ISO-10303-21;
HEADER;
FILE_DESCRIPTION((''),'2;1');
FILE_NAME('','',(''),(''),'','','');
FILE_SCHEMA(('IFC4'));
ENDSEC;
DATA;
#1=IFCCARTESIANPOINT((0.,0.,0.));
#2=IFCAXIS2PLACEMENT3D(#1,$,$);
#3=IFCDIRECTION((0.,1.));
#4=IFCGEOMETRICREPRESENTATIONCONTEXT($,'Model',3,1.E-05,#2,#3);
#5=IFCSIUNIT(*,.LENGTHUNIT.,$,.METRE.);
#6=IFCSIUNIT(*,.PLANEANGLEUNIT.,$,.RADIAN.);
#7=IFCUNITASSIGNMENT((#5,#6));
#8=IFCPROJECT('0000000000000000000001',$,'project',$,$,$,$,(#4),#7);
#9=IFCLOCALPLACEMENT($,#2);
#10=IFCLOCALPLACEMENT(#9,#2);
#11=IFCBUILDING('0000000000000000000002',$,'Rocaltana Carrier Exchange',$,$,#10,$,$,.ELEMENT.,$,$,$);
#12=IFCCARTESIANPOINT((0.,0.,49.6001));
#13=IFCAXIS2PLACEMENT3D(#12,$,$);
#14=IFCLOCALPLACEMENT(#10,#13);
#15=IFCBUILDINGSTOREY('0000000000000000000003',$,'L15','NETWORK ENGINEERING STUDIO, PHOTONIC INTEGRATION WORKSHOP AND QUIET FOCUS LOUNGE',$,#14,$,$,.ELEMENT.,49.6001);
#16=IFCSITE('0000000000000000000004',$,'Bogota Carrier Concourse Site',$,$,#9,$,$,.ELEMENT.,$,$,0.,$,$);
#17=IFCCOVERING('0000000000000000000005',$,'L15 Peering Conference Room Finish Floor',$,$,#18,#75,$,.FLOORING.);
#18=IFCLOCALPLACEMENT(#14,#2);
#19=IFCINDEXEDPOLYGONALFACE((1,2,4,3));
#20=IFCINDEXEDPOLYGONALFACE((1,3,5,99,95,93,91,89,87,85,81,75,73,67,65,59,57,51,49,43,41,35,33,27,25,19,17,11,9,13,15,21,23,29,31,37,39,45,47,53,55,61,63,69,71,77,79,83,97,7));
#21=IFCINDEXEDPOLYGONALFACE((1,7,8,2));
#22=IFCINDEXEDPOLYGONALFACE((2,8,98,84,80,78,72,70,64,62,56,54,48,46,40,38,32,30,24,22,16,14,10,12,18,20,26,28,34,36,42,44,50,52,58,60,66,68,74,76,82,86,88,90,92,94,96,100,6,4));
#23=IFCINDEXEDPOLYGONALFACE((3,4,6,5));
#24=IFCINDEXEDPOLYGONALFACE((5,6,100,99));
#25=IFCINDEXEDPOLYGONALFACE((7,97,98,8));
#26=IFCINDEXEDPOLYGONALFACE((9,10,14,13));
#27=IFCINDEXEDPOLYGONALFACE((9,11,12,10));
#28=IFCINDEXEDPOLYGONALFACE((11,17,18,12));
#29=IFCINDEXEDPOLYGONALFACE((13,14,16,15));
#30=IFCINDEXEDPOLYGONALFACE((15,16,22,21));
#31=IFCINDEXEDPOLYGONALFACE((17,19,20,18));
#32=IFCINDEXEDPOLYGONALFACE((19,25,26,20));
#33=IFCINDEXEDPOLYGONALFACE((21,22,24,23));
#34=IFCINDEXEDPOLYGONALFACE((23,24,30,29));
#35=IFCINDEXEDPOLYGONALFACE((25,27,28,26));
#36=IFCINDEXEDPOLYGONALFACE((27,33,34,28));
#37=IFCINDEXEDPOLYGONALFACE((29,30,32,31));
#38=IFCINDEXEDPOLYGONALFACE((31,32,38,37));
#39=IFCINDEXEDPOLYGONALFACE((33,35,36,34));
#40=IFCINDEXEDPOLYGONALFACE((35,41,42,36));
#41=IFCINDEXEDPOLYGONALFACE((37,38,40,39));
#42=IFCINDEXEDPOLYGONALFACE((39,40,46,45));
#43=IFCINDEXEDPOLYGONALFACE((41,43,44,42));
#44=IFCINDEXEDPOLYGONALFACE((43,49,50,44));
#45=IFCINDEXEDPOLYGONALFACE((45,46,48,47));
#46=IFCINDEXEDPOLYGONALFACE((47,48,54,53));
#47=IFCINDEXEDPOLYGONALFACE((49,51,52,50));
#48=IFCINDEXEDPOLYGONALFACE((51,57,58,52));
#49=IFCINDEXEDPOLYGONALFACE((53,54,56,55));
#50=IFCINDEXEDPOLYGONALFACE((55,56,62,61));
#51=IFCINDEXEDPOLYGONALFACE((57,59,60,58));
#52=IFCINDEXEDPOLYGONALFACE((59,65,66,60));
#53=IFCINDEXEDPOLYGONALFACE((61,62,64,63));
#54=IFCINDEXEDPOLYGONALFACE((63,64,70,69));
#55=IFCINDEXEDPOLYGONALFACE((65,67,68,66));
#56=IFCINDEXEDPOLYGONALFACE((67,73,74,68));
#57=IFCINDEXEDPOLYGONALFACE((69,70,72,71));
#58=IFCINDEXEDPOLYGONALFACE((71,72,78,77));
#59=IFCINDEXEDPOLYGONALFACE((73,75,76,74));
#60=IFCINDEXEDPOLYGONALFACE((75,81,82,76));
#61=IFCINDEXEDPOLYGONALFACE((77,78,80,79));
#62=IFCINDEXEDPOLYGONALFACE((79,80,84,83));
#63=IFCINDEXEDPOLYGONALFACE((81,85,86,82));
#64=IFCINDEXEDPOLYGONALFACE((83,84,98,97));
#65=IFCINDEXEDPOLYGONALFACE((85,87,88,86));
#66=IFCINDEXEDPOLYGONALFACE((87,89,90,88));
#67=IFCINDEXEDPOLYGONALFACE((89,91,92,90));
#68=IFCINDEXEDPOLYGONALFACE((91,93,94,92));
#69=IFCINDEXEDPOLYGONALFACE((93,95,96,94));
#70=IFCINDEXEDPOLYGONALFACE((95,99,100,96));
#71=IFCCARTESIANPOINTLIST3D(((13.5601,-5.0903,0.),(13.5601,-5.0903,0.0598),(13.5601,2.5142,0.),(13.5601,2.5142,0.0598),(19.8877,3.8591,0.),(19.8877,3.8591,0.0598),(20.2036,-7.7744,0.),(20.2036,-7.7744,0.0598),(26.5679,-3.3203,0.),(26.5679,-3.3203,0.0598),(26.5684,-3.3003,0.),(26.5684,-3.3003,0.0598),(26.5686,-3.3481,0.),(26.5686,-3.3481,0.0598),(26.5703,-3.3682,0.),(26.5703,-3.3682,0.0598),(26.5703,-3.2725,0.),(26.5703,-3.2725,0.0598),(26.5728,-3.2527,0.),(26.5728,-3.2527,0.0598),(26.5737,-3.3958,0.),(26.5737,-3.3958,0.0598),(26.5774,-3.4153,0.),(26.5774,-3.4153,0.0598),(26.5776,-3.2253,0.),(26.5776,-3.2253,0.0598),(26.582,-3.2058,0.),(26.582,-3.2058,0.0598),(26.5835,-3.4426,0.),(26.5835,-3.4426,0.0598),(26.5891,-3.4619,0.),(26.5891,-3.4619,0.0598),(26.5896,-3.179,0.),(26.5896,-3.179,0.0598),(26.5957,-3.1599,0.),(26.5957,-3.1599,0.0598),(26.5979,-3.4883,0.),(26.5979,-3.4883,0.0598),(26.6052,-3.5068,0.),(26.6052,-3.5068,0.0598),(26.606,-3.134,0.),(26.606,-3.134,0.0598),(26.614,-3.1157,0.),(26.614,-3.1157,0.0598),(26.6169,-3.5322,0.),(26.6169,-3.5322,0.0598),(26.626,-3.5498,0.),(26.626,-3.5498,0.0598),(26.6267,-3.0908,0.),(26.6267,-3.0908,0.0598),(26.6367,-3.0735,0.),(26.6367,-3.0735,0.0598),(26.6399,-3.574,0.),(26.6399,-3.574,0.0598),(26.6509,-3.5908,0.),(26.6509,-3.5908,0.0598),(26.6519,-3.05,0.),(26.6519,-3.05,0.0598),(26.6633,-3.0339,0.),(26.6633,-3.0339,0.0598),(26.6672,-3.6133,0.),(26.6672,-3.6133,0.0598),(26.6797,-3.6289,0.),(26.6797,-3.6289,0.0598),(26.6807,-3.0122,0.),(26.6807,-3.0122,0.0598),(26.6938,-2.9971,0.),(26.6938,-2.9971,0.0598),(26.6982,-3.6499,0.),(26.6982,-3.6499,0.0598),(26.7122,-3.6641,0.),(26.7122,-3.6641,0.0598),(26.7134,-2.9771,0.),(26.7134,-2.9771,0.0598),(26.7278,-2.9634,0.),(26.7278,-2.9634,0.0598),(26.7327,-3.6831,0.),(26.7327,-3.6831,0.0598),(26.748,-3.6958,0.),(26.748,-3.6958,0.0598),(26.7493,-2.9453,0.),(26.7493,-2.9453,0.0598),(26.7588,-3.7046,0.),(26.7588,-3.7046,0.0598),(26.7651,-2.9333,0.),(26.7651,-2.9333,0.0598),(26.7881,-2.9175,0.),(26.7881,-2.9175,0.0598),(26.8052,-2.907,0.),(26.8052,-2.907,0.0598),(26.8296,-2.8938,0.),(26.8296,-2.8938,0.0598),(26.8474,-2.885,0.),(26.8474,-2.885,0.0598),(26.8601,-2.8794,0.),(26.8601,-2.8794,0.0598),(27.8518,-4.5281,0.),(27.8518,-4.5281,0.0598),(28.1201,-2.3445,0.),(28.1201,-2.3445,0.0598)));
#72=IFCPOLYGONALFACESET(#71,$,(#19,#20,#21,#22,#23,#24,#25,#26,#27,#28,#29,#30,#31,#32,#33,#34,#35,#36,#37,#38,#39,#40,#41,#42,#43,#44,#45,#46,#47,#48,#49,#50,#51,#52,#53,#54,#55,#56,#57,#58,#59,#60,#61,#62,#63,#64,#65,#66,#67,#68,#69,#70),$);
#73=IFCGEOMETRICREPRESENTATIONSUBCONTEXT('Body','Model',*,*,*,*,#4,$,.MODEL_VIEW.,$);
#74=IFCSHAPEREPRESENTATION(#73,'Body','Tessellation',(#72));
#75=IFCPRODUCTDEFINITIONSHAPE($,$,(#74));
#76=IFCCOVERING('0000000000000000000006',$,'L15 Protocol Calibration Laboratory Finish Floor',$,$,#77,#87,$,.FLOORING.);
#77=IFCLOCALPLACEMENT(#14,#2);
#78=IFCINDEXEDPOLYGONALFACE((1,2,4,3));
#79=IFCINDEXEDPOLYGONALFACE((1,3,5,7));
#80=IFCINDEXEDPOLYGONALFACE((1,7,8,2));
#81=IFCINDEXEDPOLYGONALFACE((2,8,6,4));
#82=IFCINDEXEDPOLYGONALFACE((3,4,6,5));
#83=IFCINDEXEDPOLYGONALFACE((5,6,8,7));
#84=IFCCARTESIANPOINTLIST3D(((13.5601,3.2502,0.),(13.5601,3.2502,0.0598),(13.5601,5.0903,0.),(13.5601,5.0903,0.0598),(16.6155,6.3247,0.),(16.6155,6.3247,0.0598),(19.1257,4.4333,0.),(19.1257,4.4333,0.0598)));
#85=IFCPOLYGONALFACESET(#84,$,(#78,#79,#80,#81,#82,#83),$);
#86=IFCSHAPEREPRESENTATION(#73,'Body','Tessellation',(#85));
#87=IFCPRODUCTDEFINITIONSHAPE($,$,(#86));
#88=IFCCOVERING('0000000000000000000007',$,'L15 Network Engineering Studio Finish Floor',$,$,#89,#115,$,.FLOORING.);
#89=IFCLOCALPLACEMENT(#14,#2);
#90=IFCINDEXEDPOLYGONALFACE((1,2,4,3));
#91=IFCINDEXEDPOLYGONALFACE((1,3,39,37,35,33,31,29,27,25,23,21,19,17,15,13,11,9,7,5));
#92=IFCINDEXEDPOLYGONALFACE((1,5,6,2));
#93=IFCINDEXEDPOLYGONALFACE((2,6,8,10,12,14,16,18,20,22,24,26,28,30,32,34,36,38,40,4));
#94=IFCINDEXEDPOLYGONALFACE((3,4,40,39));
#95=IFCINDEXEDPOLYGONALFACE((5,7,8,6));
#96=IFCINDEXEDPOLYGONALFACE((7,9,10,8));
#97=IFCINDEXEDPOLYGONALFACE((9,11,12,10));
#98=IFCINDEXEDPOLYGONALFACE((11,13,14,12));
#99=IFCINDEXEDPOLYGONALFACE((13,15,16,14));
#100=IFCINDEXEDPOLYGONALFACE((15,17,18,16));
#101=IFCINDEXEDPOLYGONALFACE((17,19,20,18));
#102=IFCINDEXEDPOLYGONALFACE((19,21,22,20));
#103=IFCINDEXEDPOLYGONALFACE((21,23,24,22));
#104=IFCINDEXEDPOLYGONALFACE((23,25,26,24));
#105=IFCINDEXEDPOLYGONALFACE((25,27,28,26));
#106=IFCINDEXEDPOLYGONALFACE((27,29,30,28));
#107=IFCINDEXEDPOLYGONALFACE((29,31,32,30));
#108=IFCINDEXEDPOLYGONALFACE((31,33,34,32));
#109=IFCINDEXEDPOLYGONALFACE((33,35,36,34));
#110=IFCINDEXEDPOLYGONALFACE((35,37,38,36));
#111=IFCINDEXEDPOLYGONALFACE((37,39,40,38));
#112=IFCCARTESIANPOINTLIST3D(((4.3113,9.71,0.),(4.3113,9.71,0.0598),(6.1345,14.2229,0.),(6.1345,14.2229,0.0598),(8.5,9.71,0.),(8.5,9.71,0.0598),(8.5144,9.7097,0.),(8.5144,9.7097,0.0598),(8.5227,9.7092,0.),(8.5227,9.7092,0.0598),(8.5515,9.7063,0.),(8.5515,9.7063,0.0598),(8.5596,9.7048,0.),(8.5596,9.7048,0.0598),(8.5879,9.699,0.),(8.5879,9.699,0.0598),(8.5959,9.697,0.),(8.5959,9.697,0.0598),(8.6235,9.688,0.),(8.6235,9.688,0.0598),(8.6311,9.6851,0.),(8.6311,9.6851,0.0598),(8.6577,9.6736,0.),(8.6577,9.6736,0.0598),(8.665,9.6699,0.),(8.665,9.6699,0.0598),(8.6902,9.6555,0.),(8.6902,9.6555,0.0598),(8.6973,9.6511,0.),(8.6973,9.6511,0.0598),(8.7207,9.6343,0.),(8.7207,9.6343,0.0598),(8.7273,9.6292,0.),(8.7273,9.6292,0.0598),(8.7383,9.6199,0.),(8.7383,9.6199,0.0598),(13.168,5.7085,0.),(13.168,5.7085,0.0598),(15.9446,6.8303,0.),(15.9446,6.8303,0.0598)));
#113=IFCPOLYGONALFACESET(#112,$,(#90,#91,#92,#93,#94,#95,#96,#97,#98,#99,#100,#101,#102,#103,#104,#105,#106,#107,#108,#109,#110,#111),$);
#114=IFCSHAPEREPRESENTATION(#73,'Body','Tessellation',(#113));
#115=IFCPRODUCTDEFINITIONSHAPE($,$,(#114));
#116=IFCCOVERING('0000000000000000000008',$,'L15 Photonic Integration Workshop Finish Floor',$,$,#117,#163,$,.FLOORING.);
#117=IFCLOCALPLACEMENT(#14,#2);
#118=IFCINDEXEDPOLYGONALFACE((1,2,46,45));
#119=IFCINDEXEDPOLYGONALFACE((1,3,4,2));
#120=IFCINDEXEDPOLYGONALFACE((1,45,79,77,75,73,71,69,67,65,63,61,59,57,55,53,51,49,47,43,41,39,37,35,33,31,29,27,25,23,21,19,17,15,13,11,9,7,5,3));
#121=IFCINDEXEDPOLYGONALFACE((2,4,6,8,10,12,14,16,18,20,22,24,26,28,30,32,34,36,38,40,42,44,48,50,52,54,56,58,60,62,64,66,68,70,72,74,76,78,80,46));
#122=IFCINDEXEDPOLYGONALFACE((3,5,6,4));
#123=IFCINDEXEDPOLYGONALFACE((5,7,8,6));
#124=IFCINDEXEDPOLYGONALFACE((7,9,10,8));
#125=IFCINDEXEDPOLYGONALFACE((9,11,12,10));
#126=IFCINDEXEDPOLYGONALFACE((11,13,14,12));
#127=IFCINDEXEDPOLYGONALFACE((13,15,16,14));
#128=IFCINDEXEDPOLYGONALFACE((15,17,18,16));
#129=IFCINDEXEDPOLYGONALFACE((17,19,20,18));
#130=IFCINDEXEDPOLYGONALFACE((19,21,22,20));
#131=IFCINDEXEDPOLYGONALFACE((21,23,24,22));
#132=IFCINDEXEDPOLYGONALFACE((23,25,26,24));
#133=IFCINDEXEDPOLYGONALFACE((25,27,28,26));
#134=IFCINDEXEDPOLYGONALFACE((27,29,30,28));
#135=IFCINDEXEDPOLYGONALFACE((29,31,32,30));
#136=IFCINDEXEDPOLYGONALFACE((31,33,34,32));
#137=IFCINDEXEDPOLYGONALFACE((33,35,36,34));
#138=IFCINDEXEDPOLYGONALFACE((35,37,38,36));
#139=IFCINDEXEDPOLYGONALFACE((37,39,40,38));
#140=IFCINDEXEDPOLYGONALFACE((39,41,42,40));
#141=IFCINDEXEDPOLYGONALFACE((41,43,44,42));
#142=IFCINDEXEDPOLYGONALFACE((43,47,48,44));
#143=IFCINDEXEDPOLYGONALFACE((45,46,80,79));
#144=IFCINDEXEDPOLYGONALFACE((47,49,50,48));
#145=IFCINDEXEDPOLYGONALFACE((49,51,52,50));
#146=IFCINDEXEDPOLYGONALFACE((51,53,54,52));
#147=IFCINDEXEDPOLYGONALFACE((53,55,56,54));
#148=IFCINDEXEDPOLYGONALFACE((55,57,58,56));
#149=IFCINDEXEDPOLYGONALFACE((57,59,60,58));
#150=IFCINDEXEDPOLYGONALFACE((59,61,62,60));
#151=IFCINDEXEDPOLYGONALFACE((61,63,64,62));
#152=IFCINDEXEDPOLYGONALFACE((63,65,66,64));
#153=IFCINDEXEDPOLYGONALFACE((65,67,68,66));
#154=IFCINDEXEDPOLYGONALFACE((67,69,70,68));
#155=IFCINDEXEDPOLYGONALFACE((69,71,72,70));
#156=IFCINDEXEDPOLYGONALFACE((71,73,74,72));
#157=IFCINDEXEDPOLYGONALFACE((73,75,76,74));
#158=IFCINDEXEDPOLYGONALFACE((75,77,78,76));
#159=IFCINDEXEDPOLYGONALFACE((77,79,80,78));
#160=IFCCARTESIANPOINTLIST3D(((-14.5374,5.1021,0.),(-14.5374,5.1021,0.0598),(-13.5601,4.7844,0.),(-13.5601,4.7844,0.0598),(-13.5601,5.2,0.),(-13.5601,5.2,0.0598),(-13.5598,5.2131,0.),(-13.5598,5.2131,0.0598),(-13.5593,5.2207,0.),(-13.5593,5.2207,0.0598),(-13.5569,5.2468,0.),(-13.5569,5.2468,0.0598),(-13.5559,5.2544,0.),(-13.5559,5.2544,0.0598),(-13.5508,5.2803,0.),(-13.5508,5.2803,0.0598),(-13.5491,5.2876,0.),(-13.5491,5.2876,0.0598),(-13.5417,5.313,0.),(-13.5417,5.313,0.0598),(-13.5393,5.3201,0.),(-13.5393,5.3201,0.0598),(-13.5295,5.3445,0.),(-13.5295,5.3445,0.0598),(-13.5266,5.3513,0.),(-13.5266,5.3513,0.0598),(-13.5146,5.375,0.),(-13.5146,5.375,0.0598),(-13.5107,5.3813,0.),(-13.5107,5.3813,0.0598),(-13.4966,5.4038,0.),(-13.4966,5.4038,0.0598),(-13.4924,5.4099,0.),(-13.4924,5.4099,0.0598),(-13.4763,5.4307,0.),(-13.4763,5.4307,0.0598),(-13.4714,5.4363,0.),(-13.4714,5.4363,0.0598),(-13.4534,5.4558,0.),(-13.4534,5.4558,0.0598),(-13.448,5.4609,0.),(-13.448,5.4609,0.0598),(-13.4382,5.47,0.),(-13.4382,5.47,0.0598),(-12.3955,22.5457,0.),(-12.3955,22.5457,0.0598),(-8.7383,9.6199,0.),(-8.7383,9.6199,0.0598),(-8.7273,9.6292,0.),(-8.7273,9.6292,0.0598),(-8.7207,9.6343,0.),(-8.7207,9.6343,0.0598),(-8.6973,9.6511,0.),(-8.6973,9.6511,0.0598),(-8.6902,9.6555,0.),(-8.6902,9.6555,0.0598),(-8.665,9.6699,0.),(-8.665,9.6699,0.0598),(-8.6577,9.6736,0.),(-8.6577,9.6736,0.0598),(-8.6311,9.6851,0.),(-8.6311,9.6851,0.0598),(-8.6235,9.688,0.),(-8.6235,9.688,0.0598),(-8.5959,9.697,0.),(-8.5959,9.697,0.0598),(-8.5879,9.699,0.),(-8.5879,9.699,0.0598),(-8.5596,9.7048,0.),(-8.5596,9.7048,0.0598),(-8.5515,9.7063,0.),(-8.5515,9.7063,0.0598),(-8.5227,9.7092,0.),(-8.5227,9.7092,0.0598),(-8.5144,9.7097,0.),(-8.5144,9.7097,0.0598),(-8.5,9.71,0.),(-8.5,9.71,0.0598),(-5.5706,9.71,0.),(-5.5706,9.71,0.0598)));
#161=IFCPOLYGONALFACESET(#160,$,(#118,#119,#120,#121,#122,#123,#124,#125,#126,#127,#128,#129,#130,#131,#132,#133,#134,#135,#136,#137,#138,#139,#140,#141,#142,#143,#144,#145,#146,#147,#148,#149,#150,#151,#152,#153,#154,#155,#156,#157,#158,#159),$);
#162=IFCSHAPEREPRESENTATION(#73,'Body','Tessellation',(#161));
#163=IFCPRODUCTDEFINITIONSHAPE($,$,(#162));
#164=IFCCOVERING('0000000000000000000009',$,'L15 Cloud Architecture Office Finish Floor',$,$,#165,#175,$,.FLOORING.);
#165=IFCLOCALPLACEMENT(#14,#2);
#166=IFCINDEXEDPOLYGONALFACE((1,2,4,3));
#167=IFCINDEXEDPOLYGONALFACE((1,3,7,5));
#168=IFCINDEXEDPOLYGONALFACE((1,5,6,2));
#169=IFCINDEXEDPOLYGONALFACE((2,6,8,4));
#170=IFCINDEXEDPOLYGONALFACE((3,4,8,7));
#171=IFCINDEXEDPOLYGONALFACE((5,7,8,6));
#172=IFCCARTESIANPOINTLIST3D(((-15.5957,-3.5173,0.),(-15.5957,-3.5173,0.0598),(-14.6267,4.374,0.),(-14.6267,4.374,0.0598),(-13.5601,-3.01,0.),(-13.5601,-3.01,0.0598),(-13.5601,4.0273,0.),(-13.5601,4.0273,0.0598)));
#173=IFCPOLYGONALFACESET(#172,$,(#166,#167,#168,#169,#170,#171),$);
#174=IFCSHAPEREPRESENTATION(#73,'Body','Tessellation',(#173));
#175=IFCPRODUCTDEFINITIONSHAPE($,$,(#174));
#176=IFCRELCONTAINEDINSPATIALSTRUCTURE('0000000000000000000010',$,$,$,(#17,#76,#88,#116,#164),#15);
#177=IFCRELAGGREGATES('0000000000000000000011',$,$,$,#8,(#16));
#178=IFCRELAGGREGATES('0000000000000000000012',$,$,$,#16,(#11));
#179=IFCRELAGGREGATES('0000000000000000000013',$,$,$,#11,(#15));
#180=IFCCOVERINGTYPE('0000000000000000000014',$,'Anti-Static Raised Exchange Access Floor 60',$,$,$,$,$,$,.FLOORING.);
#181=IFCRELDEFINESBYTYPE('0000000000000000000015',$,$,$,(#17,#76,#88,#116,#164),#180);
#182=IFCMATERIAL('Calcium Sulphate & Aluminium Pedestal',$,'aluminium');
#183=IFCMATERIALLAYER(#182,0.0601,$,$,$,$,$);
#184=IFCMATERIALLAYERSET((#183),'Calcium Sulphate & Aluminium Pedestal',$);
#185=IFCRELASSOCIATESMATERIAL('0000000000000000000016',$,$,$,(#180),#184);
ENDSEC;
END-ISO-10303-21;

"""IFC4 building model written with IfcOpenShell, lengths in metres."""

from ifc_helpers import new_model, si_unit, direction, frame, origin, place, context, subcontext, project, spatial, polyline, outline, extrude, material, layer, layer_set, type_object, element, save


model = new_model("IFC4")

# Units and contexts
model_context = context("Model", 3, precision=1e-05, world=origin(), true_north=direction((0.0, 1.0)))
body_context = subcontext(model_context, "Body", "Model", "MODEL_VIEW")
ifc_project = project(units=[si_unit("LENGTHUNIT", "METRE"), si_unit("PLANEANGLEUNIT", "RADIAN")], contexts=[model_context])

# Site, building, storey
site_placement = place(None, origin())
site = spatial("IfcSite", under=ifc_project, at=site_placement, Name="Bogota Carrier Concourse Site", CompositionType="ELEMENT", RefElevation=0.0)
building_placement = place(site_placement, origin())
building = spatial("IfcBuilding", under=site, at=building_placement, Name="Rocaltana Carrier Exchange", CompositionType="ELEMENT")
storey_placement = place(building_placement, frame((0.0, 0.0, 49.6001)))
storey = spatial("IfcBuildingStorey", under=building, at=storey_placement, Name="L15", Description="NETWORK ENGINEERING STUDIO, PHOTONIC INTEGRATION WORKSHOP AND QUIET FOCUS LOUNGE", CompositionType="ELEMENT", Elevation=49.6001)

# Coverings
ifc_material_1 = material(Name="Calcium Sulphate & Aluminium Pedestal", Category="aluminium")
ifc_layer_1 = layer(ifc_material_1, 0.0601)
ifc_layer_set_1 = layer_set([ifc_layer_1], Name="Calcium Sulphate & Aluminium Pedestal")
covering_type_1 = type_object("IfcCoveringType", Name="Anti-Static Raised Exchange Access Floor 60", PredefinedType="FLOORING", material=ifc_layer_set_1)
covering_1_placement = place(storey_placement, origin())
element("IfcCovering", 1, at=covering_1_placement, inside=storey, type_object=covering_type_1, Name="L15 Peering Conference Room Finish Floor", PredefinedType="FLOORING", context=body_context, shape_type="SweptSolid", body=[
    extrude(outline(polyline([(13.5601, -5.0903), (13.5601, 2.5142), (19.8877, 3.8591), (28.1201, -2.3445), (26.8601, -2.8794), (26.8474, -2.885), (26.8296, -2.8938), (26.8052, -2.907), (26.7881, -2.9175), (26.7651, -2.9333), (26.7493, -2.9453), (26.7278, -2.9634), (26.7134, -2.9771), (26.6938, -2.9971), (26.6807, -3.0122), (26.6633, -3.0339), (26.6519, -3.05), (26.6367, -3.0735), (26.6267, -3.0908), (26.614, -3.1157), (26.606, -3.134), (26.5957, -3.1599), (26.5896, -3.179), (26.582, -3.2058), (26.5776, -3.2253), (26.5728, -3.2527), (26.5703, -3.2725), (26.5684, -3.3003), (26.5679, -3.3203), (26.5686, -3.3481), (26.5703, -3.3682), (26.5737, -3.3958), (26.5774, -3.4153), (26.5835, -3.4426), (26.5891, -3.4619), (26.5979, -3.4883), (26.6052, -3.5068), (26.6169, -3.5322), (26.626, -3.5498), (26.6399, -3.574), (26.6509, -3.5908), (26.6672, -3.6133), (26.6797, -3.6289), (26.6982, -3.6499), (26.7122, -3.6641), (26.7327, -3.6831), (26.748, -3.6958), (26.7588, -3.7046), (27.8518, -4.5281), (20.2036, -7.7744), (13.5601, -5.0903)])), origin(), (0.0, 0.0, 1.0), 0.0598),
])
covering_2_placement = place(storey_placement, origin())
element("IfcCovering", 2, at=covering_2_placement, inside=storey, type_object=covering_type_1, Name="L15 Protocol Calibration Laboratory Finish Floor", PredefinedType="FLOORING", context=body_context, shape_type="SweptSolid", body=[
    extrude(outline(polyline([(13.5601, 5.0903), (16.6155, 6.3247), (19.1257, 4.4333), (13.5601, 3.2502), (13.5601, 5.0903)])), origin(), (0.0, 0.0, 1.0), 0.0598),
])
covering_3_placement = place(storey_placement, origin())
element("IfcCovering", 3, at=covering_3_placement, inside=storey, type_object=covering_type_1, Name="L15 Network Engineering Studio Finish Floor", PredefinedType="FLOORING", context=body_context, shape_type="SweptSolid", body=[
    extrude(outline(polyline([(15.9446, 6.8303), (13.168, 5.7085), (8.7383, 9.6199), (8.7273, 9.6292), (8.7207, 9.6343), (8.6973, 9.6511), (8.6902, 9.6555), (8.665, 9.6699), (8.6577, 9.6736), (8.6311, 9.6851), (8.6235, 9.688), (8.5959, 9.697), (8.5879, 9.699), (8.5596, 9.7048), (8.5515, 9.7063), (8.5227, 9.7092), (8.5144, 9.7097), (8.5, 9.71), (4.3113, 9.71), (6.1345, 14.2229), (15.9446, 6.8303)])), origin(), (0.0, 0.0, 1.0), 0.0598),
])
covering_4_placement = place(storey_placement, origin())
element("IfcCovering", 4, at=covering_4_placement, inside=storey, type_object=covering_type_1, Name="L15 Photonic Integration Workshop Finish Floor", PredefinedType="FLOORING", context=body_context, shape_type="SweptSolid", body=[
    extrude(outline(polyline([(-12.3955, 22.5457), (-5.5706, 9.71), (-8.5, 9.71), (-8.5144, 9.7097), (-8.5227, 9.7092), (-8.5515, 9.7063), (-8.5596, 9.7048), (-8.5879, 9.699), (-8.5959, 9.697), (-8.6235, 9.688), (-8.6311, 9.6851), (-8.6577, 9.6736), (-8.665, 9.6699), (-8.6902, 9.6555), (-8.6973, 9.6511), (-8.7207, 9.6343), (-8.7273, 9.6292), (-8.7383, 9.6199), (-13.4382, 5.47), (-13.448, 5.4609), (-13.4534, 5.4558), (-13.4714, 5.4363), (-13.4763, 5.4307), (-13.4924, 5.4099), (-13.4966, 5.4038), (-13.5107, 5.3813), (-13.5146, 5.375), (-13.5266, 5.3513), (-13.5295, 5.3445), (-13.5393, 5.3201), (-13.5417, 5.313), (-13.5491, 5.2876), (-13.5508, 5.2803), (-13.5559, 5.2544), (-13.5569, 5.2468), (-13.5593, 5.2207), (-13.5598, 5.2131), (-13.5601, 5.2), (-13.5601, 4.7844), (-14.5374, 5.1021), (-12.3955, 22.5457)])), origin(), (0.0, 0.0, 1.0), 0.0598),
])
covering_5_placement = place(storey_placement, origin())
element("IfcCovering", 5, at=covering_5_placement, inside=storey, type_object=covering_type_1, Name="L15 Cloud Architecture Office Finish Floor", PredefinedType="FLOORING", context=body_context, shape_type="SweptSolid", body=[
    extrude(outline(polyline([(-14.6267, 4.374), (-13.5601, 4.0273), (-13.5601, -3.01), (-15.5957, -3.5173), (-14.6267, 4.374)])), origin(), (0.0, 0.0, 1.0), 0.0598),
])

save(model, "model.ifc")
